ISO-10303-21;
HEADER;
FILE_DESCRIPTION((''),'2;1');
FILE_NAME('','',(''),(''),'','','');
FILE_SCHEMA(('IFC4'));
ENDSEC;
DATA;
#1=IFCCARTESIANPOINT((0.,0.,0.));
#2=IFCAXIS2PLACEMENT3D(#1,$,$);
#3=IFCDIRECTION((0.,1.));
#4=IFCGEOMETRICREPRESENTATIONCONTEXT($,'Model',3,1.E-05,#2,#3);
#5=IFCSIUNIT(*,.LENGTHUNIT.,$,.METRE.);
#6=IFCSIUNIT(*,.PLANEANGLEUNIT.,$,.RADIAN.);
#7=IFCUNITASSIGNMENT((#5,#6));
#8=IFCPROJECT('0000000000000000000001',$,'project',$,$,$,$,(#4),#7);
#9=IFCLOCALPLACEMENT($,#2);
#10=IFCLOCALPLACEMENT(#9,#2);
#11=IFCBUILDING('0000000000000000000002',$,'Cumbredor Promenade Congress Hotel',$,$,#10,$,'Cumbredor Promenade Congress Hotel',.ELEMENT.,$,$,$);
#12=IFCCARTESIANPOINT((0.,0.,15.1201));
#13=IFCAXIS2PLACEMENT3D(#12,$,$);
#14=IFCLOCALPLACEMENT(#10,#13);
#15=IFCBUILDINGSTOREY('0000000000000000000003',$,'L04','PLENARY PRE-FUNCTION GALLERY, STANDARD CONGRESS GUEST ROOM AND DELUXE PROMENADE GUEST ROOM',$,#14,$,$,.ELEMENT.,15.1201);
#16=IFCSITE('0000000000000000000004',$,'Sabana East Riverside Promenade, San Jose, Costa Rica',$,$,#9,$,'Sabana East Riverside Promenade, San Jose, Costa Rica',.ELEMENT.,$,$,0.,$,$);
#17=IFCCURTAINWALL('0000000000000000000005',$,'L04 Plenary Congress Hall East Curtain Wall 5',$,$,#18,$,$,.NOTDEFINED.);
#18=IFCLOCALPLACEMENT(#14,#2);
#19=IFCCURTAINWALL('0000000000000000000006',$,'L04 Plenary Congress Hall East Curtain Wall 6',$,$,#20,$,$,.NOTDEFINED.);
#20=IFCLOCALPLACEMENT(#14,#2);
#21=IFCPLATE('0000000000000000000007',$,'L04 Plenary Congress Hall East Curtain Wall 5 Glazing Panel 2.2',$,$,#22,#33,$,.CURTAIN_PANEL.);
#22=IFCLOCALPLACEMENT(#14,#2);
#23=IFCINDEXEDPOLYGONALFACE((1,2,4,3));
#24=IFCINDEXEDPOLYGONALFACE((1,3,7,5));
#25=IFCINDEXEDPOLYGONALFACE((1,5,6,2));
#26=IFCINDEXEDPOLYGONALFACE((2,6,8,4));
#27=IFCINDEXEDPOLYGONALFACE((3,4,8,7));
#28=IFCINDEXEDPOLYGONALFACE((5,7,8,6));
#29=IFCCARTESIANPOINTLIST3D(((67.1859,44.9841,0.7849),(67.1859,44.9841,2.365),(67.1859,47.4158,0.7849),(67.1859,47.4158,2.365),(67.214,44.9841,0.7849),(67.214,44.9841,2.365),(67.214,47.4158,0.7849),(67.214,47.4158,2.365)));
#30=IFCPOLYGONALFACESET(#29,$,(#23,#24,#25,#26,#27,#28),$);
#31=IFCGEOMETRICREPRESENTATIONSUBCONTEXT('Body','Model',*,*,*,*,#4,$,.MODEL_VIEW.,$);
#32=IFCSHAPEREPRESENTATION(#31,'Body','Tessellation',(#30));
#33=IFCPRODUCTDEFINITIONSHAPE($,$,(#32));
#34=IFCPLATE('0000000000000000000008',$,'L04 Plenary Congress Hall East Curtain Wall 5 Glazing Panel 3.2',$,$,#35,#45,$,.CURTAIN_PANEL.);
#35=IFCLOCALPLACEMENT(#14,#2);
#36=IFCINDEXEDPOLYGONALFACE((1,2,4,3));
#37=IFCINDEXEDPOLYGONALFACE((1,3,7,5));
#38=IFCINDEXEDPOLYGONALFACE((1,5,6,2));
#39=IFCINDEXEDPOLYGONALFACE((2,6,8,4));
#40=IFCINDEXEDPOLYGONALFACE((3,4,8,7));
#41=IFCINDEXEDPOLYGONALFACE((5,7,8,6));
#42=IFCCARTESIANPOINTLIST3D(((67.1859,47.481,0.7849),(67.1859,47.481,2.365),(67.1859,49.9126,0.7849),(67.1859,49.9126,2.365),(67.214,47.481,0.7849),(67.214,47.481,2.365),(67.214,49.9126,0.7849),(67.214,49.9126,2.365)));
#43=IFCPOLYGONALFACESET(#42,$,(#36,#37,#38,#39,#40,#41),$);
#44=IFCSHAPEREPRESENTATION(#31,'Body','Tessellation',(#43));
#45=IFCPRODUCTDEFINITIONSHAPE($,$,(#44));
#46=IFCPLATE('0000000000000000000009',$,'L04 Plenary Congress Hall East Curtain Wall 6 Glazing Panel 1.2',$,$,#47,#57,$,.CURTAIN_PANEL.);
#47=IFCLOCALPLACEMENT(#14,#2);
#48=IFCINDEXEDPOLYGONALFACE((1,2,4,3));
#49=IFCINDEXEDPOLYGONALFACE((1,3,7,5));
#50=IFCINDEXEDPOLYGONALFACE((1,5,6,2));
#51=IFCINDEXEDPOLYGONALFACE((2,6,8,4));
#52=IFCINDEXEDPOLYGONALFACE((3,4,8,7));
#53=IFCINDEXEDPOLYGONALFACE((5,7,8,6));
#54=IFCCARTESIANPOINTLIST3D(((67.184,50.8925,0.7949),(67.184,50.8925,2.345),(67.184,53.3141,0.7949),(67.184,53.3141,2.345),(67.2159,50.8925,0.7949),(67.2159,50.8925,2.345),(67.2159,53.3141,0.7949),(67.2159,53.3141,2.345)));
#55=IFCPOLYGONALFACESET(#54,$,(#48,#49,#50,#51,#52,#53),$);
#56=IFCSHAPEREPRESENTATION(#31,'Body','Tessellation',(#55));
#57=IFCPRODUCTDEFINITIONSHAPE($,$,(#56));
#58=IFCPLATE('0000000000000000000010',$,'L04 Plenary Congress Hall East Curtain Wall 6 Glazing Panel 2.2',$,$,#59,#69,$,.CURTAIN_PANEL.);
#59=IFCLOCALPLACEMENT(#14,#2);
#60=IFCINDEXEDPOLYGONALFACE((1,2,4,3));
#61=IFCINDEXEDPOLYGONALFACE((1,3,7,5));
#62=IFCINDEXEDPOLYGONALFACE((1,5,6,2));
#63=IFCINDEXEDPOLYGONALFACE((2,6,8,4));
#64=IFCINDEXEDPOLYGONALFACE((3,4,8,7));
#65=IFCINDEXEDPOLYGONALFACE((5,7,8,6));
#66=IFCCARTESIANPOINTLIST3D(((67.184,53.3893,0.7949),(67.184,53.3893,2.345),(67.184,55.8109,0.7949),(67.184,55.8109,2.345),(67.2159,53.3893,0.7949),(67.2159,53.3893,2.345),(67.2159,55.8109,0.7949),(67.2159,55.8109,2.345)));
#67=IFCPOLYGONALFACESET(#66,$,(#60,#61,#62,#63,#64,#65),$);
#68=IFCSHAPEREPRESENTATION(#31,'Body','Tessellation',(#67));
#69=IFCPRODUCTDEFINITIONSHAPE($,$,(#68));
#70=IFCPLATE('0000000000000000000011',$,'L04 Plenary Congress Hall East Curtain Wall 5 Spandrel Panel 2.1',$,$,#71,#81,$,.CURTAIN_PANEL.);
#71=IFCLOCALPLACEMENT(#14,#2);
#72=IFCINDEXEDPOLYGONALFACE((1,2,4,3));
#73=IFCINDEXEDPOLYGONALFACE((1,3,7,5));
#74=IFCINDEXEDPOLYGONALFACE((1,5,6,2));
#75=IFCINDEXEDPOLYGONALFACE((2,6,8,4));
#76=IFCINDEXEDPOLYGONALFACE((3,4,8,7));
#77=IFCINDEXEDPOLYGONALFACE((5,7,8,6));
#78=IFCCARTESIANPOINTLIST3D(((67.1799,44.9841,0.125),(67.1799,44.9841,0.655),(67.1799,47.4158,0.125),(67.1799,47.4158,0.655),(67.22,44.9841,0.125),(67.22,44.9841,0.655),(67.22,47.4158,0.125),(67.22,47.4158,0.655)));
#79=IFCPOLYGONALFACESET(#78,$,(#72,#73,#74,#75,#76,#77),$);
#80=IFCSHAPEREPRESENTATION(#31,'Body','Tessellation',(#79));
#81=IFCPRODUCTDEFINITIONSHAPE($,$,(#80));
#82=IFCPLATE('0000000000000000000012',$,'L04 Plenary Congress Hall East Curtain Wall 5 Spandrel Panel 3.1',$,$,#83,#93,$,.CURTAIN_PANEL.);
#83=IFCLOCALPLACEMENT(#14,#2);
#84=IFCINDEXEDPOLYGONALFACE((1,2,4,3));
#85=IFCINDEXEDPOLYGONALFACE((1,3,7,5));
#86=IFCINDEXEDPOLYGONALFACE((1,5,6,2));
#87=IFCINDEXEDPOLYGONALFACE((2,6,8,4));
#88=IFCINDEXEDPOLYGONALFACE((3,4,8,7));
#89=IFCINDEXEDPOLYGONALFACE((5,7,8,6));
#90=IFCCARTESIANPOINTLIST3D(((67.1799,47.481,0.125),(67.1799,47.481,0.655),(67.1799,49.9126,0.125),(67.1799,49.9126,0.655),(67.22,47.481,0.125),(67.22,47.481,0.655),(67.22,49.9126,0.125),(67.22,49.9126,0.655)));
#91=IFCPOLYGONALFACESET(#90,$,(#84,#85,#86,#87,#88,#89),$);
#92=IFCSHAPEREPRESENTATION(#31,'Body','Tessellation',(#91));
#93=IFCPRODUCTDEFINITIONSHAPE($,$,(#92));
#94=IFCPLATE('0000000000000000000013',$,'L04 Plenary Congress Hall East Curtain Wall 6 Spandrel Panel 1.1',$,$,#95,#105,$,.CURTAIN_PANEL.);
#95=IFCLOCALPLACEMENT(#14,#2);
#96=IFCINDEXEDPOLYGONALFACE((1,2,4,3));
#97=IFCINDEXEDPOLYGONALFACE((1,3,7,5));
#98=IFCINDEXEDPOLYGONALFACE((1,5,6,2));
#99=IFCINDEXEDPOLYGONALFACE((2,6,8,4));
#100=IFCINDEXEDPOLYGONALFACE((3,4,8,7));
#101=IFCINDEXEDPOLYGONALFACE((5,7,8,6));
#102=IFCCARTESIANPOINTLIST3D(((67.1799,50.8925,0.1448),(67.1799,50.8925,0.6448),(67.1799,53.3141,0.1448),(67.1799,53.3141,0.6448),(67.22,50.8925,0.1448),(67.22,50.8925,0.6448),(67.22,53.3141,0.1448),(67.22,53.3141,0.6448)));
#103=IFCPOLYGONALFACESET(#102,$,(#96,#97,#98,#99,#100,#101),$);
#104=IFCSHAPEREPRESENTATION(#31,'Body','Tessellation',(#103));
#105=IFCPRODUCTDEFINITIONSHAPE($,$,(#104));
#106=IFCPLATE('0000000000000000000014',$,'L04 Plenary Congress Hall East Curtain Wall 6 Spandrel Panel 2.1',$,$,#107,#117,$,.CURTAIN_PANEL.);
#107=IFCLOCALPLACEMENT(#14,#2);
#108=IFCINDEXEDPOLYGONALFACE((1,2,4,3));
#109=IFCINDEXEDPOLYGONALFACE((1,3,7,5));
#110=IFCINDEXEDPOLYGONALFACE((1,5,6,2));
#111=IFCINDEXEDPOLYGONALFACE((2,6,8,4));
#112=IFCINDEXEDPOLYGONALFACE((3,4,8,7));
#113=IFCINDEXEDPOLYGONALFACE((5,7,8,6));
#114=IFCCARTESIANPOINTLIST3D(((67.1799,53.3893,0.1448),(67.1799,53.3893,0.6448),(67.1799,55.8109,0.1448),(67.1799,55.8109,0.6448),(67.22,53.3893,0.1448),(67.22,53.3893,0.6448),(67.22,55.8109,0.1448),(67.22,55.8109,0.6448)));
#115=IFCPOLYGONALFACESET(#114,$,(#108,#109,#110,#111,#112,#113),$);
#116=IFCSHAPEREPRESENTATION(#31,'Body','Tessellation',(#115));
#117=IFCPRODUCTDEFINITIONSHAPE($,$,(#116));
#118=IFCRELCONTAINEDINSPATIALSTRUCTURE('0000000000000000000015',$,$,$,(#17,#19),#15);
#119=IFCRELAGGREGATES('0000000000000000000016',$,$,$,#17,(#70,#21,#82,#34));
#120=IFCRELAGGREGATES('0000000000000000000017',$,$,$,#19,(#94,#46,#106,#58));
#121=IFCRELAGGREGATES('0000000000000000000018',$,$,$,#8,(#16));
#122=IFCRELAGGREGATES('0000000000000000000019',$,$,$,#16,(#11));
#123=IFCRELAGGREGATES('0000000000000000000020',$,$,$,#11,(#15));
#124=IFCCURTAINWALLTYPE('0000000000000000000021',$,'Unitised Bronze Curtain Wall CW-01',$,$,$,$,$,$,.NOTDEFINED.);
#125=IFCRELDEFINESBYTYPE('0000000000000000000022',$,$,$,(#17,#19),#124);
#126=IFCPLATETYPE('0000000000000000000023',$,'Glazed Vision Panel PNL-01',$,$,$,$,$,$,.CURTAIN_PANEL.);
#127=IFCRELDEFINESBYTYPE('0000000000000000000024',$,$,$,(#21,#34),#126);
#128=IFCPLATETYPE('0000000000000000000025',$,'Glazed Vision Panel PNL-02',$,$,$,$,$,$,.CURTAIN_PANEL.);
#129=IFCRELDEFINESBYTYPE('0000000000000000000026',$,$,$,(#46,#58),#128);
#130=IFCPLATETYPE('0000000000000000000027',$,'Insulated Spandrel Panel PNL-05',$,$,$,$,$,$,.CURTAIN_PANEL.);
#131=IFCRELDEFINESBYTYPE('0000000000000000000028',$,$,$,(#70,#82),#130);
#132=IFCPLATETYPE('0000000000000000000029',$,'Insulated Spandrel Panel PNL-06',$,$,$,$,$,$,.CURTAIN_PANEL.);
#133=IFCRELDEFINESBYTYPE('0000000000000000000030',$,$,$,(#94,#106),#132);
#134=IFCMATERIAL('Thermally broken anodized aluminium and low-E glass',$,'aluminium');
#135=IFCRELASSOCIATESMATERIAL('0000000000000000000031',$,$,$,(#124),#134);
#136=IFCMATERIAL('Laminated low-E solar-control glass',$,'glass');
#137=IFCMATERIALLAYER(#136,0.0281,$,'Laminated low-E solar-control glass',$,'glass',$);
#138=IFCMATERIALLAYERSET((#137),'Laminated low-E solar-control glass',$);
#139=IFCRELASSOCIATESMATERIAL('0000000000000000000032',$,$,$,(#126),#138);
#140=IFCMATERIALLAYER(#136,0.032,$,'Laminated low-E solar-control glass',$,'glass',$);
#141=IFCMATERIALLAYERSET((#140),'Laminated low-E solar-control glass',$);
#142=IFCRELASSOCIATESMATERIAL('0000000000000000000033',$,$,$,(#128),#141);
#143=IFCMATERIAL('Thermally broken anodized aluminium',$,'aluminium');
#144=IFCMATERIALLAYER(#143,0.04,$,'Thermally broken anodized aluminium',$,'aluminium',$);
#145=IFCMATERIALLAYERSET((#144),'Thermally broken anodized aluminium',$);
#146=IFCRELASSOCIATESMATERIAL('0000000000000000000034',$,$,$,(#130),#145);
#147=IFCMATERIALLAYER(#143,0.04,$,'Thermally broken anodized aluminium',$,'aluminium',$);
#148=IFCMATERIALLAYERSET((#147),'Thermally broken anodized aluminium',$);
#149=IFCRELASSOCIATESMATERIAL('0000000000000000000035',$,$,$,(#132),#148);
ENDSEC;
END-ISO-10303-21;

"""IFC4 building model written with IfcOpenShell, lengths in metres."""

from ifc_helpers import new_model, si_unit, direction, frame, origin, origin_2d, place, context, subcontext, project, spatial, rectangle, extrude, material, layer, layer_set, type_object, element, aggregate, save


model = new_model("IFC4")

# Units and contexts
model_context = context("Model", 3, precision=1e-05, world=origin(), true_north=direction((0.0, 1.0)))
body_context = subcontext(model_context, "Body", "Model", "MODEL_VIEW")
ifc_project = project(units=[si_unit("LENGTHUNIT", "METRE"), si_unit("PLANEANGLEUNIT", "RADIAN")], contexts=[model_context])

# Site, building, storey
site_placement = place(None, origin())
site = spatial("IfcSite", under=ifc_project, at=site_placement, Name="Sabana East Riverside Promenade, San Jose, Costa Rica", LongName="Sabana East Riverside Promenade, San Jose, Costa Rica", CompositionType="ELEMENT", RefElevation=0.0)
building_placement = place(site_placement, origin())
building = spatial("IfcBuilding", under=site, at=building_placement, Name="Cumbredor Promenade Congress Hotel", LongName="Cumbredor Promenade Congress Hotel", CompositionType="ELEMENT")
storey_placement = place(building_placement, frame((0.0, 0.0, 15.1201)))
storey = spatial("IfcBuildingStorey", under=building, at=storey_placement, Name="L04", Description="PLENARY PRE-FUNCTION GALLERY, STANDARD CONGRESS GUEST ROOM AND DELUXE PROMENADE GUEST ROOM", CompositionType="ELEMENT", Elevation=15.1201)

# Curtain walls
ifc_material_1 = material(Name="Thermally broken anodized aluminium and low-E glass", Category="aluminium")
curtain_wall_type = type_object("IfcCurtainWallType", Name="Unitised Bronze Curtain Wall CW-01", PredefinedType="NOTDEFINED", material=ifc_material_1)
curtain_wall_1_placement = place(storey_placement, origin())
curtain_wall_1 = element("IfcCurtainWall", 1, at=curtain_wall_1_placement, inside=storey, type_object=curtain_wall_type, Name="L04 Plenary Congress Hall East Curtain Wall 5", PredefinedType="NOTDEFINED")
ifc_material_2 = material(Name="Thermally broken anodized aluminium", Category="aluminium")
curtain_wall_2_placement = place(storey_placement, origin())
curtain_wall_2 = element("IfcCurtainWall", 2, at=curtain_wall_2_placement, inside=storey, type_object=curtain_wall_type, Name="L04 Plenary Congress Hall East Curtain Wall 6", PredefinedType="NOTDEFINED")

# Plates
ifc_material_3 = material(Name="Laminated low-E solar-control glass", Category="glass")
ifc_layer_1 = layer(ifc_material_3, 0.0281, Name="Laminated low-E solar-control glass", Category="glass")
ifc_layer_set_1 = layer_set([ifc_layer_1], Name="Laminated low-E solar-control glass")
plate_type_1 = type_object("IfcPlateType", Name="Glazed Vision Panel PNL-01", PredefinedType="CURTAIN_PANEL", material=ifc_layer_set_1)
plate_1_placement = place(storey_placement, frame((67.2, 46.2, 0.7849), z_axis=(0.0, 0.0, 1.0), x_axis=(0.0, 1.0, 0.0)))
plate_1 = element("IfcPlate", 3, at=plate_1_placement, type_object=plate_type_1, Name="L04 Plenary Congress Hall East Curtain Wall 5 Glazing Panel 2.2", PredefinedType="CURTAIN_PANEL", context=body_context, shape_type="SweptSolid", body=[
    extrude(rectangle(XDim=2.4316, YDim=0.0281, at=origin_2d()), origin(), (0.0, 0.0, 1.0), 1.5801),
])
plate_2_placement = place(storey_placement, frame((67.2, 48.6968, 0.7849), z_axis=(0.0, 0.0, 1.0), x_axis=(0.0, 1.0, 0.0)))
plate_2 = element("IfcPlate", 4, at=plate_2_placement, type_object=plate_type_1, Name="L04 Plenary Congress Hall East Curtain Wall 5 Glazing Panel 3.2", PredefinedType="CURTAIN_PANEL", context=body_context, shape_type="SweptSolid", body=[
    extrude(rectangle(XDim=2.4316, YDim=0.0281, at=origin_2d()), origin(), (0.0, 0.0, 1.0), 1.5801),
])
ifc_layer_2 = layer(ifc_material_3, 0.032, Name="Laminated low-E solar-control glass", Category="glass")
ifc_layer_set_2 = layer_set([ifc_layer_2], Name="Laminated low-E solar-control glass")
plate_type_2 = type_object("IfcPlateType", Name="Glazed Vision Panel PNL-02", PredefinedType="CURTAIN_PANEL", material=ifc_layer_set_2)
plate_3_placement = place(storey_placement, frame((67.2, 52.1033, 0.7949), z_axis=(0.0, 0.0, 1.0), x_axis=(0.0, 1.0, 0.0)))
plate_3 = element("IfcPlate", 5, at=plate_3_placement, type_object=plate_type_2, Name="L04 Plenary Congress Hall East Curtain Wall 6 Glazing Panel 1.2", PredefinedType="CURTAIN_PANEL", context=body_context, shape_type="SweptSolid", body=[
    extrude(rectangle(XDim=2.4216, YDim=0.032, at=origin_2d()), origin(), (0.0, 0.0, 1.0), 1.55),
])
plate_4_placement = place(storey_placement, frame((67.2, 54.6001, 0.7949), z_axis=(0.0, 0.0, 1.0), x_axis=(0.0, 1.0, 0.0)))
plate_4 = element("IfcPlate", 6, at=plate_4_placement, type_object=plate_type_2, Name="L04 Plenary Congress Hall East Curtain Wall 6 Glazing Panel 2.2", PredefinedType="CURTAIN_PANEL", context=body_context, shape_type="SweptSolid", body=[
    extrude(rectangle(XDim=2.4216, YDim=0.032, at=origin_2d()), origin(), (0.0, 0.0, 1.0), 1.55),
])
ifc_layer_3 = layer(ifc_material_2, 0.04, Name="Thermally broken anodized aluminium", Category="aluminium")
ifc_layer_set_3 = layer_set([ifc_layer_3], Name="Thermally broken anodized aluminium")
plate_type_3 = type_object("IfcPlateType", Name="Insulated Spandrel Panel PNL-05", PredefinedType="CURTAIN_PANEL", material=ifc_layer_set_3)
plate_5_placement = place(storey_placement, frame((67.2, 46.2, 0.125), z_axis=(0.0, 0.0, 1.0), x_axis=(0.0, 1.0, 0.0)))
plate_5 = element("IfcPlate", 7, at=plate_5_placement, type_object=plate_type_3, Name="L04 Plenary Congress Hall East Curtain Wall 5 Spandrel Panel 2.1", PredefinedType="CURTAIN_PANEL", context=body_context, shape_type="SweptSolid", body=[
    extrude(rectangle(XDim=2.4316, YDim=0.04, at=origin_2d()), origin(), (0.0, 0.0, 1.0), 0.53),
])
plate_6_placement = place(storey_placement, frame((67.2, 48.6968, 0.125), z_axis=(0.0, 0.0, 1.0), x_axis=(0.0, 1.0, 0.0)))
plate_6 = element("IfcPlate", 8, at=plate_6_placement, type_object=plate_type_3, Name="L04 Plenary Congress Hall East Curtain Wall 5 Spandrel Panel 3.1", PredefinedType="CURTAIN_PANEL", context=body_context, shape_type="SweptSolid", body=[
    extrude(rectangle(XDim=2.4316, YDim=0.04, at=origin_2d()), origin(), (0.0, 0.0, 1.0), 0.53),
])
aggregate(curtain_wall_1, [plate_5, plate_1, plate_6, plate_2])
ifc_layer_4 = layer(ifc_material_2, 0.04, Name="Thermally broken anodized aluminium", Category="aluminium")
ifc_layer_set_4 = layer_set([ifc_layer_4], Name="Thermally broken anodized aluminium")
plate_type_4 = type_object("IfcPlateType", Name="Insulated Spandrel Panel PNL-06", PredefinedType="CURTAIN_PANEL", material=ifc_layer_set_4)
plate_7_placement = place(storey_placement, frame((67.2, 52.1033, 0.1448), z_axis=(0.0, 0.0, 1.0), x_axis=(0.0, 1.0, 0.0)))
plate_7 = element("IfcPlate", 9, at=plate_7_placement, type_object=plate_type_4, Name="L04 Plenary Congress Hall East Curtain Wall 6 Spandrel Panel 1.1", PredefinedType="CURTAIN_PANEL", context=body_context, shape_type="SweptSolid", body=[
    extrude(rectangle(XDim=2.4216, YDim=0.04, at=origin_2d()), origin(), (0.0, 0.0, 1.0), 0.5),
])
plate_8_placement = place(storey_placement, frame((67.2, 54.6001, 0.1448), z_axis=(0.0, 0.0, 1.0), x_axis=(0.0, 1.0, 0.0)))
plate_8 = element("IfcPlate", 10, at=plate_8_placement, type_object=plate_type_4, Name="L04 Plenary Congress Hall East Curtain Wall 6 Spandrel Panel 2.1", PredefinedType="CURTAIN_PANEL", context=body_context, shape_type="SweptSolid", body=[
    extrude(rectangle(XDim=2.4216, YDim=0.04, at=origin_2d()), origin(), (0.0, 0.0, 1.0), 0.5),
])
aggregate(curtain_wall_2, [plate_7, plate_3, plate_8, plate_4])

save(model, "model.ifc")
